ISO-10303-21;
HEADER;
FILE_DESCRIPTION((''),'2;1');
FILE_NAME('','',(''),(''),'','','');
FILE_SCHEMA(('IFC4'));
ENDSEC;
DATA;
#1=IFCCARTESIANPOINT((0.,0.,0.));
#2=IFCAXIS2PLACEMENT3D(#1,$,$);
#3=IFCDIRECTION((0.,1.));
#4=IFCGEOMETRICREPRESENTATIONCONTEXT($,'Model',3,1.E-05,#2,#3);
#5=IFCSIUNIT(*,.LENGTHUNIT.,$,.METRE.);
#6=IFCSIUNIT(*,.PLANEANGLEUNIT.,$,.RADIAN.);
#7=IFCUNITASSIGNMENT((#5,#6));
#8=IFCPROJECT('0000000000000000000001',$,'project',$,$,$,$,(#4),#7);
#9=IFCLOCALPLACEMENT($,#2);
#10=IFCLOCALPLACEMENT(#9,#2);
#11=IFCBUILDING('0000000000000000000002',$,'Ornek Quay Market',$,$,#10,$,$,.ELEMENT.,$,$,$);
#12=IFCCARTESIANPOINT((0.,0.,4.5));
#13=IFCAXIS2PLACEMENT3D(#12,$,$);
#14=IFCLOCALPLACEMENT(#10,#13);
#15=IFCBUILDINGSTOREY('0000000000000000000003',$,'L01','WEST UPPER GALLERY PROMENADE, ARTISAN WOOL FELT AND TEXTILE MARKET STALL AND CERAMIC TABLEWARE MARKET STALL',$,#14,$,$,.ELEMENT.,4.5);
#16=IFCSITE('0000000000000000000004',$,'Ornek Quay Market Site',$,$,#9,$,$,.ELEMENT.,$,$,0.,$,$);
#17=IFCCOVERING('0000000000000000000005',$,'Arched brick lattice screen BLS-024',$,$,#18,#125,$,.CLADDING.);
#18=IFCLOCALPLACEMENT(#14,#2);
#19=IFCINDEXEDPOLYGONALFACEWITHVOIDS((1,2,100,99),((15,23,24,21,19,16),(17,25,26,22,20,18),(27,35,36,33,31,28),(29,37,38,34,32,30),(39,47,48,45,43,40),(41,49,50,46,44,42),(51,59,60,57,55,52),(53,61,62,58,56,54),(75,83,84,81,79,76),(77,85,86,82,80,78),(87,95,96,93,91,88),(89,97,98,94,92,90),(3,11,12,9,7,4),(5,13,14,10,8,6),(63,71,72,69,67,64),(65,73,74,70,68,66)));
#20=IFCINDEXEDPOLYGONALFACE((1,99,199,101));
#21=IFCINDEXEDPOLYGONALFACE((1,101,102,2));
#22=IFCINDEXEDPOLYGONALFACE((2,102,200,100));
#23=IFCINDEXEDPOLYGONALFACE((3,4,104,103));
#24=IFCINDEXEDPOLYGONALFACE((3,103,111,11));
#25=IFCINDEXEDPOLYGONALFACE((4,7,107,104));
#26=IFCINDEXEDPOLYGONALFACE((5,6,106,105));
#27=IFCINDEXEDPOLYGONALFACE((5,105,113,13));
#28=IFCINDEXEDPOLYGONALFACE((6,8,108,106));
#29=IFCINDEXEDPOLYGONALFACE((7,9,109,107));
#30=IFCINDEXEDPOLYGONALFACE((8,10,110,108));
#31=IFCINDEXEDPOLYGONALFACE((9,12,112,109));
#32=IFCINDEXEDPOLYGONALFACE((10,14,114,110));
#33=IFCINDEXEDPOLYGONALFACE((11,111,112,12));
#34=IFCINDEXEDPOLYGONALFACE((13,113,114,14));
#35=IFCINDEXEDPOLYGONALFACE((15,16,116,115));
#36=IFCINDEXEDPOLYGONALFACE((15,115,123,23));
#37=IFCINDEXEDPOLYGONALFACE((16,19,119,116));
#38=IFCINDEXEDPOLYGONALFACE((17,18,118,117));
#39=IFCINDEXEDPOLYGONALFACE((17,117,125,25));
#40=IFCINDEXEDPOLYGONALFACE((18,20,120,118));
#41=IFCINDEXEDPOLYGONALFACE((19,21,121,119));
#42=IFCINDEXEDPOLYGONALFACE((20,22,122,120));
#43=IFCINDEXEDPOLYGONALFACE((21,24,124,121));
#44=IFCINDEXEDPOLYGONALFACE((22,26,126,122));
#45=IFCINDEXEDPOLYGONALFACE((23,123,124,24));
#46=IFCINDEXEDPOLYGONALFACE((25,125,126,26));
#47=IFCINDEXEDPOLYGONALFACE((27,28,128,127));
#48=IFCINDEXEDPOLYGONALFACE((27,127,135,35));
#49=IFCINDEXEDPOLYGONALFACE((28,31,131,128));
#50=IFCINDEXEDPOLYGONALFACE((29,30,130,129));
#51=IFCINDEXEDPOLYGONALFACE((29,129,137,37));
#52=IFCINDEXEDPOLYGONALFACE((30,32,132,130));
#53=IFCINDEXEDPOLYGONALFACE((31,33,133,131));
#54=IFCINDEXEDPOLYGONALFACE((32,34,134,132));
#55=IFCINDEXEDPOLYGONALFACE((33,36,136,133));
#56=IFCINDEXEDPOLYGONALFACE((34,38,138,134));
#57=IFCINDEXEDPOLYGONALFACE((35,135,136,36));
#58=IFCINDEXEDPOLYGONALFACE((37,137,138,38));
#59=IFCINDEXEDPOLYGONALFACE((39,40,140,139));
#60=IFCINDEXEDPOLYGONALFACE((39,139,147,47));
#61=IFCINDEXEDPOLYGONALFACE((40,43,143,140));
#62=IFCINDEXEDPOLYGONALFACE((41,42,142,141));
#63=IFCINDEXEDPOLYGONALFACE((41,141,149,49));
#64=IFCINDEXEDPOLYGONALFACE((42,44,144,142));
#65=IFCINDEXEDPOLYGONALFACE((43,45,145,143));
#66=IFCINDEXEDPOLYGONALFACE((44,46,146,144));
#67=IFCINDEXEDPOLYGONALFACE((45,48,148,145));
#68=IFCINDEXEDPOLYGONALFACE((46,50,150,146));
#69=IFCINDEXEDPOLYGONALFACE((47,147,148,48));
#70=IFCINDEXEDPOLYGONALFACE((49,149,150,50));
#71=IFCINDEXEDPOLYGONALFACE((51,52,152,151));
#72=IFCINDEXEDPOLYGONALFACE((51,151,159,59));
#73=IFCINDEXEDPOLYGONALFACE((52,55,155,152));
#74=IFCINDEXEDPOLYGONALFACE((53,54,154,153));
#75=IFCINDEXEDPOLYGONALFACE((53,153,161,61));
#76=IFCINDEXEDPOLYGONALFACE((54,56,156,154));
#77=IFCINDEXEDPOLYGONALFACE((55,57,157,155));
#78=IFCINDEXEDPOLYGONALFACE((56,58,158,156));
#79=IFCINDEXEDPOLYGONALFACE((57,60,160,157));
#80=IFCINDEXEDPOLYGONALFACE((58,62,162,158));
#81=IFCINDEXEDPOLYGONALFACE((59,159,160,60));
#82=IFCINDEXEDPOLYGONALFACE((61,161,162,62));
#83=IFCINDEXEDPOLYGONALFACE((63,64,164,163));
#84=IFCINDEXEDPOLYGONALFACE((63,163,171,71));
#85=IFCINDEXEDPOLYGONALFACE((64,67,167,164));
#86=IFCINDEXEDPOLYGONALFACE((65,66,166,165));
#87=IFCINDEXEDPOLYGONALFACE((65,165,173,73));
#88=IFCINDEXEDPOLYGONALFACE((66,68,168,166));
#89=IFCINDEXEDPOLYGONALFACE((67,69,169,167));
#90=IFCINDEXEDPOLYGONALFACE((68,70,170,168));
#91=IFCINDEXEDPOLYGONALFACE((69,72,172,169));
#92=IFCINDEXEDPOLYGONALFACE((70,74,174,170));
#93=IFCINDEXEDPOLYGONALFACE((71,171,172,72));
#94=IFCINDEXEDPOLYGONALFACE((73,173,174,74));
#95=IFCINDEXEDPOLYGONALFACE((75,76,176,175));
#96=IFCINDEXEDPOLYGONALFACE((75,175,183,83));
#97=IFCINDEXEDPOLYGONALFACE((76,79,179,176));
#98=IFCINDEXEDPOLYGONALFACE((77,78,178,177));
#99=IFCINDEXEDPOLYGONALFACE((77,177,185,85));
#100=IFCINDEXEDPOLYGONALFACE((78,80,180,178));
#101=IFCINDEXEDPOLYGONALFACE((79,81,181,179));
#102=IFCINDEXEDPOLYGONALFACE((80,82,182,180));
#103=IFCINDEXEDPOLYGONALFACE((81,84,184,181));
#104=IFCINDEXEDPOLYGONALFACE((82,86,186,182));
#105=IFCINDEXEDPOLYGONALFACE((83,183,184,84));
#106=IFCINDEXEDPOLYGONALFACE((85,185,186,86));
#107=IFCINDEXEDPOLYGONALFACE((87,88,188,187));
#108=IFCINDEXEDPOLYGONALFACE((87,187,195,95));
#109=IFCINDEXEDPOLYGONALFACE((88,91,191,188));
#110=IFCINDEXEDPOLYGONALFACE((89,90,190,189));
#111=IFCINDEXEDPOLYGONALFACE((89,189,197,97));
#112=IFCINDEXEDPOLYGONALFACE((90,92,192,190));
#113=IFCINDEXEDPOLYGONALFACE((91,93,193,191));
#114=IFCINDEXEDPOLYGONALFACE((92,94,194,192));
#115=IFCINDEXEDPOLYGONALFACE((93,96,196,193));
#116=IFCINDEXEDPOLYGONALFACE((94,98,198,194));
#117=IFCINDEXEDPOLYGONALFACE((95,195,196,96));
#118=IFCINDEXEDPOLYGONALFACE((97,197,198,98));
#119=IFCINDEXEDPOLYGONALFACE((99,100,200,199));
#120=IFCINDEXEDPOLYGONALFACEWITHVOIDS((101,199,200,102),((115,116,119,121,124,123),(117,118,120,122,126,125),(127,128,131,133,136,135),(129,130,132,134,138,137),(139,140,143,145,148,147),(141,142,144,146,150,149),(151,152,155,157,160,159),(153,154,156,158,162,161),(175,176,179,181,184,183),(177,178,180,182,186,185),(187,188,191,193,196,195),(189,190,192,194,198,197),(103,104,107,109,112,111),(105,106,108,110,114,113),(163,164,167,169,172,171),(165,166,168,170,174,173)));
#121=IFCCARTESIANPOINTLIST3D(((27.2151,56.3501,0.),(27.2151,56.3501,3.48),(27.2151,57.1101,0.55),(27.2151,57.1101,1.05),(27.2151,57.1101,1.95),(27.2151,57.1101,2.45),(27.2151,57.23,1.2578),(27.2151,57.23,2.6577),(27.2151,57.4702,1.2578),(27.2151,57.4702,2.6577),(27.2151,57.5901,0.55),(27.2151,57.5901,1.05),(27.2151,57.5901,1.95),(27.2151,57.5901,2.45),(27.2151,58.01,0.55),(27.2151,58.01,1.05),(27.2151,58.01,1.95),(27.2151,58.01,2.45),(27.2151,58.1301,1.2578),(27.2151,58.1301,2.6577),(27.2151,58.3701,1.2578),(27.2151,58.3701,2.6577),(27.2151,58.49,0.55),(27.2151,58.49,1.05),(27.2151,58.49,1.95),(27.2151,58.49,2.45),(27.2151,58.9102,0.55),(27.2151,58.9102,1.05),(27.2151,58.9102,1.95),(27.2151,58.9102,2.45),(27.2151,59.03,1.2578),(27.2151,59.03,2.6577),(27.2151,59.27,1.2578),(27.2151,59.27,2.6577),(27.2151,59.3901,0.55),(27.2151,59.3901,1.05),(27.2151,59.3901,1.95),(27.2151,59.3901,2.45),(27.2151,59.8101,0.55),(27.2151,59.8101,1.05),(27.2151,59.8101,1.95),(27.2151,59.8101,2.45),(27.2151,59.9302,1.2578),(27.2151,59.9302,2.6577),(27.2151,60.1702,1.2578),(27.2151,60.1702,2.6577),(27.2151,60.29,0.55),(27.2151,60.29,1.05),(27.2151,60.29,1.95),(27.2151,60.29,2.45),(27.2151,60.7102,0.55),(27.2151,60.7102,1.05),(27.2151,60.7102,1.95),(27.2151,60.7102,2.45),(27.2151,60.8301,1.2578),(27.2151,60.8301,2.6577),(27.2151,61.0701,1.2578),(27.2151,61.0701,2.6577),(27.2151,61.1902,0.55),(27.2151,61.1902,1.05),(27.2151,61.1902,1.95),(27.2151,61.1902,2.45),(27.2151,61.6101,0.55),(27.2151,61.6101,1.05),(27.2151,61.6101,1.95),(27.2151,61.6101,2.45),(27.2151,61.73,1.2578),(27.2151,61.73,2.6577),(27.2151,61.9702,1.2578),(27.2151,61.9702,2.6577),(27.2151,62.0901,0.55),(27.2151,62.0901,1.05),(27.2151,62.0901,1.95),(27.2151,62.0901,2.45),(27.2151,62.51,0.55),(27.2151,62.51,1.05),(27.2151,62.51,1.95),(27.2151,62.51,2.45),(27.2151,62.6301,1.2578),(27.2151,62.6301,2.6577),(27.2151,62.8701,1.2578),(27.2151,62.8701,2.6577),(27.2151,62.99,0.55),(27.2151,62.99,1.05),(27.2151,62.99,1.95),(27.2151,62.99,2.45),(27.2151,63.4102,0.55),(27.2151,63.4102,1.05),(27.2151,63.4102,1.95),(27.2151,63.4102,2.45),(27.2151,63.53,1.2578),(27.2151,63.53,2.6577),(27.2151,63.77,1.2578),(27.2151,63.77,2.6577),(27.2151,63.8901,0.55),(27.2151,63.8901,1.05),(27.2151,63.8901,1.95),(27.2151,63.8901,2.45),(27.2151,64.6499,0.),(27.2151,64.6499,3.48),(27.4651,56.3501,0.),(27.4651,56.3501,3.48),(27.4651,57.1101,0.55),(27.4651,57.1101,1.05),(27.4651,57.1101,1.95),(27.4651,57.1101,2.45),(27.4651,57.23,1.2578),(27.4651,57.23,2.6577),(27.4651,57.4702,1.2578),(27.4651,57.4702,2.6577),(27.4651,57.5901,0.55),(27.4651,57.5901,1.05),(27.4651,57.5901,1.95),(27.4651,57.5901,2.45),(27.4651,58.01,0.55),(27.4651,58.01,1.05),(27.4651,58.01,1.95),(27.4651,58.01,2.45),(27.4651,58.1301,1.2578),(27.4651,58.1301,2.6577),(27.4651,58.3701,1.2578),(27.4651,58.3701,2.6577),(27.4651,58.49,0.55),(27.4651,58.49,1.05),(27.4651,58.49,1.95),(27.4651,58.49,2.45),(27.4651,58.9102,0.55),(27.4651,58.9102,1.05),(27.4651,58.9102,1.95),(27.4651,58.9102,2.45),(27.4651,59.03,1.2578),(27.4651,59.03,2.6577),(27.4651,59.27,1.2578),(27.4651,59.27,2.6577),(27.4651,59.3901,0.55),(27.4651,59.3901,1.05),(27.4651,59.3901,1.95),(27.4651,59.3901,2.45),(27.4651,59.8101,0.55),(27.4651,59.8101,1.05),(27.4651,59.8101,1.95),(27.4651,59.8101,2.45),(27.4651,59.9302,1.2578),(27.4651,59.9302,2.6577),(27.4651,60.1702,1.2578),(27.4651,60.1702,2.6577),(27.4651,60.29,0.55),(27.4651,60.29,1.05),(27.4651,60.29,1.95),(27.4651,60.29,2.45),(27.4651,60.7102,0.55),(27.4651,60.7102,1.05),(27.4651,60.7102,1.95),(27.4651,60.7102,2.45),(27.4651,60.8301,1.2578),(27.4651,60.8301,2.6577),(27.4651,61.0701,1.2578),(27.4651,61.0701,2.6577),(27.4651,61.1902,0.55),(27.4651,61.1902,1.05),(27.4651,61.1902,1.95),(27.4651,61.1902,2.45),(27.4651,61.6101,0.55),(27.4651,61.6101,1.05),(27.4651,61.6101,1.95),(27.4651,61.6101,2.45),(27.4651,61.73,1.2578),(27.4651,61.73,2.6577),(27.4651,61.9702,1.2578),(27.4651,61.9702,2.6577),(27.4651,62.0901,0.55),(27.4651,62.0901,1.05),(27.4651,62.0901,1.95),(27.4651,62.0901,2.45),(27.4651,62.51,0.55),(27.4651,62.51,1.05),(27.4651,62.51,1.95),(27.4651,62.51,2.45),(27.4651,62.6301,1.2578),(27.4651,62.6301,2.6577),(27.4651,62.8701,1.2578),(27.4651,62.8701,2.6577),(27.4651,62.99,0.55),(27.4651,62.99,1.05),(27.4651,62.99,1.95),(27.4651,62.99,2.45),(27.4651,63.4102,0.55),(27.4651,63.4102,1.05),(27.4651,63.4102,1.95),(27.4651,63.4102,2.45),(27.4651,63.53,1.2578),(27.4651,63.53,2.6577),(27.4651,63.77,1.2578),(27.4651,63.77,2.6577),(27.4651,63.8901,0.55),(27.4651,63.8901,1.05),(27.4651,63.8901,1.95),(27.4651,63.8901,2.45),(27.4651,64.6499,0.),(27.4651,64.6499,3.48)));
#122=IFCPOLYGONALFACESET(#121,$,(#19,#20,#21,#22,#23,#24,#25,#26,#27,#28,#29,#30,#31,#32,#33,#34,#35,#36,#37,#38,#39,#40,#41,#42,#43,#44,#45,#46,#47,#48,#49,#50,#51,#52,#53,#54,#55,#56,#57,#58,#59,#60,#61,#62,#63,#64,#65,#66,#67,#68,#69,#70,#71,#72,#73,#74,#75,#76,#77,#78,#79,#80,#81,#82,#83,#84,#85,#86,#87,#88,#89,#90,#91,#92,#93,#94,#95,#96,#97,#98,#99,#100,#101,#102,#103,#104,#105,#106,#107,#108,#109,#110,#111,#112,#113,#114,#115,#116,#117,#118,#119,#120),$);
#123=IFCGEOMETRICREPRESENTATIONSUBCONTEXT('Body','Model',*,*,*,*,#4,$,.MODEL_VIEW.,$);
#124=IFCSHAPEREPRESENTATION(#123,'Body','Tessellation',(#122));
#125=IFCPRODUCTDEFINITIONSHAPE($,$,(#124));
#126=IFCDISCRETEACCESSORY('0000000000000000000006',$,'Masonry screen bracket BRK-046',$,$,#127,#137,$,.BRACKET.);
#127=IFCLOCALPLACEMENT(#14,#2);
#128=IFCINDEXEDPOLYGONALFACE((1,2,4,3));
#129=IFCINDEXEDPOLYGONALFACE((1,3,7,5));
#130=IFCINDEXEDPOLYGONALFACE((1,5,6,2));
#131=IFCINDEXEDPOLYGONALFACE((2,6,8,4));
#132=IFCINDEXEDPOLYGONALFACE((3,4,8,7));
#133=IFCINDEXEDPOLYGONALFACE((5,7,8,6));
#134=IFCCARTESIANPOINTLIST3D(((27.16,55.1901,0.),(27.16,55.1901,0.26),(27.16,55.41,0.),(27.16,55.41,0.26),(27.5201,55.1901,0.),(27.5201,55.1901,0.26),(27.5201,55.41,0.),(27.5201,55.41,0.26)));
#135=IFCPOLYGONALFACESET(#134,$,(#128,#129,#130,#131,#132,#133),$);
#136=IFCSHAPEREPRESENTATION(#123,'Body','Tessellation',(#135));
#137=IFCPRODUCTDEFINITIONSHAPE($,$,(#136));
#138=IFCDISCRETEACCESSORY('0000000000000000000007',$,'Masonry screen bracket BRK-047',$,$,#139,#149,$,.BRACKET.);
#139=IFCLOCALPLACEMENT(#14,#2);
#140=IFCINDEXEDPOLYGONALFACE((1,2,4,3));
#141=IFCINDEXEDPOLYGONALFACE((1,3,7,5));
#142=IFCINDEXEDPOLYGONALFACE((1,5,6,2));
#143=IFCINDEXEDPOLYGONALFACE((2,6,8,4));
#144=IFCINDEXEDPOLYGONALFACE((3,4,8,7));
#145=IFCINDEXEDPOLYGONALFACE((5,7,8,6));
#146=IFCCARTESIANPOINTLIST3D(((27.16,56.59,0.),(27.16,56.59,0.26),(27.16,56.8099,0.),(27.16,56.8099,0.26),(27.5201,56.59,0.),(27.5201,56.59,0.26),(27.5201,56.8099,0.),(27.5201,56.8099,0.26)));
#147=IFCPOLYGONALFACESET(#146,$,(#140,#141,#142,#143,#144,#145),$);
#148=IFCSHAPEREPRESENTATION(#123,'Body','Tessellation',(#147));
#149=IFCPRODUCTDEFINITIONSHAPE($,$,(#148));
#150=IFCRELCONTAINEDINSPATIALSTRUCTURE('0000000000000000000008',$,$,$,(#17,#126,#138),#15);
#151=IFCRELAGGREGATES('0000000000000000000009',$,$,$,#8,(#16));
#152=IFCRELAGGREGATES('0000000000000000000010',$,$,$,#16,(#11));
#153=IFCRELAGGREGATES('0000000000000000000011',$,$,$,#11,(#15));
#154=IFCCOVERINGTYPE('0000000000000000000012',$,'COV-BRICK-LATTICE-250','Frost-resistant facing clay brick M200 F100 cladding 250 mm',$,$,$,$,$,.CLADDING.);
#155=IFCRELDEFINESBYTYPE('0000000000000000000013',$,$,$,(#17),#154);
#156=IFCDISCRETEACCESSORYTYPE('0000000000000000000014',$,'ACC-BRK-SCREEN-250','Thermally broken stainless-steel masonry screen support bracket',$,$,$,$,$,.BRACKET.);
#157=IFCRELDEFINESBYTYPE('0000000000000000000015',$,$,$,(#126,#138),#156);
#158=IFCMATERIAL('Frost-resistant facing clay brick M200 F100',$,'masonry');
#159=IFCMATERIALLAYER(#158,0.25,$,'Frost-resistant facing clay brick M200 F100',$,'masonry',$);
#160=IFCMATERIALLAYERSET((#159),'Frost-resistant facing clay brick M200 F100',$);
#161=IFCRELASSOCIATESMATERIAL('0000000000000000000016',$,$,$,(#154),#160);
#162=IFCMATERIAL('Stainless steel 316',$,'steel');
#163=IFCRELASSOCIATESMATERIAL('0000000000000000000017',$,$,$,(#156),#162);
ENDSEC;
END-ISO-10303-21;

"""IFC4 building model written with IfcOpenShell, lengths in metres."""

from ifc_helpers import new_model, si_unit, direction, frame, origin, origin_2d, place, context, subcontext, project, spatial, polyline, rectangle, outline, extrude, material, layer, layer_set, type_object, element, save


model = new_model("IFC4")

# Units and contexts
model_context = context("Model", 3, precision=1e-05, world=origin(), true_north=direction((0.0, 1.0)))
body_context = subcontext(model_context, "Body", "Model", "MODEL_VIEW")
ifc_project = project(units=[si_unit("LENGTHUNIT", "METRE"), si_unit("PLANEANGLEUNIT", "RADIAN")], contexts=[model_context])

# Site, building, storey
site_placement = place(None, origin())
site = spatial("IfcSite", under=ifc_project, at=site_placement, Name="Ornek Quay Market Site", CompositionType="ELEMENT", RefElevation=0.0)
building_placement = place(site_placement, origin())
building = spatial("IfcBuilding", under=site, at=building_placement, Name="Ornek Quay Market", CompositionType="ELEMENT")
storey_placement = place(building_placement, frame((0.0, 0.0, 4.5)))
storey = spatial("IfcBuildingStorey", under=building, at=storey_placement, Name="L01", Description="WEST UPPER GALLERY PROMENADE, ARTISAN WOOL FELT AND TEXTILE MARKET STALL AND CERAMIC TABLEWARE MARKET STALL", CompositionType="ELEMENT", Elevation=4.5)

# Shared definitions
ifc_material_1 = material(Name="Frost-resistant facing clay brick M200 F100", Category="masonry")

# Covering
ifc_layer_1 = layer(ifc_material_1, 0.25, Name="Frost-resistant facing clay brick M200 F100", Category="masonry")
ifc_layer_set_1 = layer_set([ifc_layer_1], Name="Frost-resistant facing clay brick M200 F100")
covering_type = type_object("IfcCoveringType", Name="COV-BRICK-LATTICE-250", Description="Frost-resistant facing clay brick M200 F100 cladding 250 mm", PredefinedType="CLADDING", material=ifc_layer_set_1)
covering_placement = place(storey_placement, frame((27.3401, 56.3501, 0.0), z_axis=(0.0, 0.0, 1.0), x_axis=(0.0, 1.0, 0.0)))
element("IfcCovering", 1, at=covering_placement, inside=storey, type_object=covering_type, Name="Arched brick lattice screen BLS-024", PredefinedType="CLADDING", context=body_context, shape_type="SweptSolid", body=[
    extrude(outline(polyline([(0.0, 0.0), (8.2998, 0.0), (8.2998, 3.48), (0.0, 3.48), (0.0, 0.0)]), holes=[polyline([(0.76, 0.55), (1.24, 0.55), (1.24, 1.05), (1.1201, 1.2578), (0.8799, 1.2578), (0.76, 1.05), (0.76, 0.55)]), polyline([(0.76, 1.95), (1.24, 1.95), (1.24, 2.45), (1.1201, 2.6577), (0.8799, 2.6577), (0.76, 2.45), (0.76, 1.95)]), polyline([(1.6599, 0.55), (2.1399, 0.55), (2.1399, 1.05), (2.02, 1.2578), (1.78, 1.2578), (1.6599, 1.05), (1.6599, 0.55)]), polyline([(1.6599, 1.95), (2.1399, 1.95), (2.1399, 2.45), (2.02, 2.6577), (1.78, 2.6577), (1.6599, 2.45), (1.6599, 1.95)]), polyline([(2.5601, 0.55), (3.04, 0.55), (3.04, 1.05), (2.9199, 1.2578), (2.6799, 1.2578), (2.5601, 1.05), (2.5601, 0.55)]), polyline([(2.5601, 1.95), (3.04, 1.95), (3.04, 2.45), (2.9199, 2.6577), (2.6799, 2.6577), (2.5601, 2.45), (2.5601, 1.95)]), polyline([(3.46, 0.55), (3.9399, 0.55), (3.9399, 1.05), (3.8201, 1.2578), (3.5801, 1.2578), (3.46, 1.05), (3.46, 0.55)]), polyline([(3.46, 1.95), (3.9399, 1.95), (3.9399, 2.45), (3.8201, 2.6577), (3.5801, 2.6577), (3.46, 2.45), (3.46, 1.95)]), polyline([(4.3601, 0.55), (4.8401, 0.55), (4.8401, 1.05), (4.72, 1.2578), (4.48, 1.2578), (4.3601, 1.05), (4.3601, 0.55)]), polyline([(4.3601, 1.95), (4.8401, 1.95), (4.8401, 2.45), (4.72, 2.6577), (4.48, 2.6577), (4.3601, 2.45), (4.3601, 1.95)]), polyline([(5.26, 0.55), (5.74, 0.55), (5.74, 1.05), (5.6201, 1.2578), (5.3799, 1.2578), (5.26, 1.05), (5.26, 0.55)]), polyline([(5.26, 1.95), (5.74, 1.95), (5.74, 2.45), (5.6201, 2.6577), (5.3799, 2.6577), (5.26, 2.45), (5.26, 1.95)]), polyline([(6.1599, 0.55), (6.6399, 0.55), (6.6399, 1.05), (6.52, 1.2578), (6.28, 1.2578), (6.1599, 1.05), (6.1599, 0.55)]), polyline([(6.1599, 1.95), (6.6399, 1.95), (6.6399, 2.45), (6.52, 2.6577), (6.28, 2.6577), (6.1599, 2.45), (6.1599, 1.95)]), polyline([(7.0601, 0.55), (7.54, 0.55), (7.54, 1.05), (7.4199, 1.2578), (7.1799, 1.2578), (7.0601, 1.05), (7.0601, 0.55)]), polyline([(7.0601, 1.95), (7.54, 1.95), (7.54, 2.45), (7.4199, 2.6577), (7.1799, 2.6577), (7.0601, 2.45), (7.0601, 1.95)])]), frame((0.0, 0.125, 0.0), z_axis=(0.0, -1.0, 0.0), x_axis=(1.0, 0.0, 0.0)), (0.0, 0.0, 1.0), 0.25),
])

# Discrete accessories
ifc_material_2 = material(Name="Stainless steel 316", Category="steel")
discrete_accessory_type = type_object("IfcDiscreteAccessoryType", Name="ACC-BRK-SCREEN-250", Description="Thermally broken stainless-steel masonry screen support bracket", PredefinedType="BRACKET", material=ifc_material_2)
for number, where, z_axis, x_axis, name in (
    (2, (27.3401, 55.3, 0.0), (0.0, 0.0, 1.0), (0.0, 1.0, 0.0), "Masonry screen bracket BRK-046"),
    (3, (27.3401, 56.7, 0.0), (0.0, 0.0, 1.0), (0.0, 1.0, 0.0), "Masonry screen bracket BRK-047"),
):
    element("IfcDiscreteAccessory", number, at=place(storey_placement, frame(where, z_axis=z_axis, x_axis=x_axis)), inside=storey, type_object=discrete_accessory_type, Name=name, PredefinedType="BRACKET", context=body_context, shape_type="SweptSolid", body=[
        extrude(rectangle(XDim=0.22, YDim=0.3601, at=origin_2d()), origin(), (0.0, 0.0, 1.0), 0.26),
    ])

save(model, "model.ifc")
